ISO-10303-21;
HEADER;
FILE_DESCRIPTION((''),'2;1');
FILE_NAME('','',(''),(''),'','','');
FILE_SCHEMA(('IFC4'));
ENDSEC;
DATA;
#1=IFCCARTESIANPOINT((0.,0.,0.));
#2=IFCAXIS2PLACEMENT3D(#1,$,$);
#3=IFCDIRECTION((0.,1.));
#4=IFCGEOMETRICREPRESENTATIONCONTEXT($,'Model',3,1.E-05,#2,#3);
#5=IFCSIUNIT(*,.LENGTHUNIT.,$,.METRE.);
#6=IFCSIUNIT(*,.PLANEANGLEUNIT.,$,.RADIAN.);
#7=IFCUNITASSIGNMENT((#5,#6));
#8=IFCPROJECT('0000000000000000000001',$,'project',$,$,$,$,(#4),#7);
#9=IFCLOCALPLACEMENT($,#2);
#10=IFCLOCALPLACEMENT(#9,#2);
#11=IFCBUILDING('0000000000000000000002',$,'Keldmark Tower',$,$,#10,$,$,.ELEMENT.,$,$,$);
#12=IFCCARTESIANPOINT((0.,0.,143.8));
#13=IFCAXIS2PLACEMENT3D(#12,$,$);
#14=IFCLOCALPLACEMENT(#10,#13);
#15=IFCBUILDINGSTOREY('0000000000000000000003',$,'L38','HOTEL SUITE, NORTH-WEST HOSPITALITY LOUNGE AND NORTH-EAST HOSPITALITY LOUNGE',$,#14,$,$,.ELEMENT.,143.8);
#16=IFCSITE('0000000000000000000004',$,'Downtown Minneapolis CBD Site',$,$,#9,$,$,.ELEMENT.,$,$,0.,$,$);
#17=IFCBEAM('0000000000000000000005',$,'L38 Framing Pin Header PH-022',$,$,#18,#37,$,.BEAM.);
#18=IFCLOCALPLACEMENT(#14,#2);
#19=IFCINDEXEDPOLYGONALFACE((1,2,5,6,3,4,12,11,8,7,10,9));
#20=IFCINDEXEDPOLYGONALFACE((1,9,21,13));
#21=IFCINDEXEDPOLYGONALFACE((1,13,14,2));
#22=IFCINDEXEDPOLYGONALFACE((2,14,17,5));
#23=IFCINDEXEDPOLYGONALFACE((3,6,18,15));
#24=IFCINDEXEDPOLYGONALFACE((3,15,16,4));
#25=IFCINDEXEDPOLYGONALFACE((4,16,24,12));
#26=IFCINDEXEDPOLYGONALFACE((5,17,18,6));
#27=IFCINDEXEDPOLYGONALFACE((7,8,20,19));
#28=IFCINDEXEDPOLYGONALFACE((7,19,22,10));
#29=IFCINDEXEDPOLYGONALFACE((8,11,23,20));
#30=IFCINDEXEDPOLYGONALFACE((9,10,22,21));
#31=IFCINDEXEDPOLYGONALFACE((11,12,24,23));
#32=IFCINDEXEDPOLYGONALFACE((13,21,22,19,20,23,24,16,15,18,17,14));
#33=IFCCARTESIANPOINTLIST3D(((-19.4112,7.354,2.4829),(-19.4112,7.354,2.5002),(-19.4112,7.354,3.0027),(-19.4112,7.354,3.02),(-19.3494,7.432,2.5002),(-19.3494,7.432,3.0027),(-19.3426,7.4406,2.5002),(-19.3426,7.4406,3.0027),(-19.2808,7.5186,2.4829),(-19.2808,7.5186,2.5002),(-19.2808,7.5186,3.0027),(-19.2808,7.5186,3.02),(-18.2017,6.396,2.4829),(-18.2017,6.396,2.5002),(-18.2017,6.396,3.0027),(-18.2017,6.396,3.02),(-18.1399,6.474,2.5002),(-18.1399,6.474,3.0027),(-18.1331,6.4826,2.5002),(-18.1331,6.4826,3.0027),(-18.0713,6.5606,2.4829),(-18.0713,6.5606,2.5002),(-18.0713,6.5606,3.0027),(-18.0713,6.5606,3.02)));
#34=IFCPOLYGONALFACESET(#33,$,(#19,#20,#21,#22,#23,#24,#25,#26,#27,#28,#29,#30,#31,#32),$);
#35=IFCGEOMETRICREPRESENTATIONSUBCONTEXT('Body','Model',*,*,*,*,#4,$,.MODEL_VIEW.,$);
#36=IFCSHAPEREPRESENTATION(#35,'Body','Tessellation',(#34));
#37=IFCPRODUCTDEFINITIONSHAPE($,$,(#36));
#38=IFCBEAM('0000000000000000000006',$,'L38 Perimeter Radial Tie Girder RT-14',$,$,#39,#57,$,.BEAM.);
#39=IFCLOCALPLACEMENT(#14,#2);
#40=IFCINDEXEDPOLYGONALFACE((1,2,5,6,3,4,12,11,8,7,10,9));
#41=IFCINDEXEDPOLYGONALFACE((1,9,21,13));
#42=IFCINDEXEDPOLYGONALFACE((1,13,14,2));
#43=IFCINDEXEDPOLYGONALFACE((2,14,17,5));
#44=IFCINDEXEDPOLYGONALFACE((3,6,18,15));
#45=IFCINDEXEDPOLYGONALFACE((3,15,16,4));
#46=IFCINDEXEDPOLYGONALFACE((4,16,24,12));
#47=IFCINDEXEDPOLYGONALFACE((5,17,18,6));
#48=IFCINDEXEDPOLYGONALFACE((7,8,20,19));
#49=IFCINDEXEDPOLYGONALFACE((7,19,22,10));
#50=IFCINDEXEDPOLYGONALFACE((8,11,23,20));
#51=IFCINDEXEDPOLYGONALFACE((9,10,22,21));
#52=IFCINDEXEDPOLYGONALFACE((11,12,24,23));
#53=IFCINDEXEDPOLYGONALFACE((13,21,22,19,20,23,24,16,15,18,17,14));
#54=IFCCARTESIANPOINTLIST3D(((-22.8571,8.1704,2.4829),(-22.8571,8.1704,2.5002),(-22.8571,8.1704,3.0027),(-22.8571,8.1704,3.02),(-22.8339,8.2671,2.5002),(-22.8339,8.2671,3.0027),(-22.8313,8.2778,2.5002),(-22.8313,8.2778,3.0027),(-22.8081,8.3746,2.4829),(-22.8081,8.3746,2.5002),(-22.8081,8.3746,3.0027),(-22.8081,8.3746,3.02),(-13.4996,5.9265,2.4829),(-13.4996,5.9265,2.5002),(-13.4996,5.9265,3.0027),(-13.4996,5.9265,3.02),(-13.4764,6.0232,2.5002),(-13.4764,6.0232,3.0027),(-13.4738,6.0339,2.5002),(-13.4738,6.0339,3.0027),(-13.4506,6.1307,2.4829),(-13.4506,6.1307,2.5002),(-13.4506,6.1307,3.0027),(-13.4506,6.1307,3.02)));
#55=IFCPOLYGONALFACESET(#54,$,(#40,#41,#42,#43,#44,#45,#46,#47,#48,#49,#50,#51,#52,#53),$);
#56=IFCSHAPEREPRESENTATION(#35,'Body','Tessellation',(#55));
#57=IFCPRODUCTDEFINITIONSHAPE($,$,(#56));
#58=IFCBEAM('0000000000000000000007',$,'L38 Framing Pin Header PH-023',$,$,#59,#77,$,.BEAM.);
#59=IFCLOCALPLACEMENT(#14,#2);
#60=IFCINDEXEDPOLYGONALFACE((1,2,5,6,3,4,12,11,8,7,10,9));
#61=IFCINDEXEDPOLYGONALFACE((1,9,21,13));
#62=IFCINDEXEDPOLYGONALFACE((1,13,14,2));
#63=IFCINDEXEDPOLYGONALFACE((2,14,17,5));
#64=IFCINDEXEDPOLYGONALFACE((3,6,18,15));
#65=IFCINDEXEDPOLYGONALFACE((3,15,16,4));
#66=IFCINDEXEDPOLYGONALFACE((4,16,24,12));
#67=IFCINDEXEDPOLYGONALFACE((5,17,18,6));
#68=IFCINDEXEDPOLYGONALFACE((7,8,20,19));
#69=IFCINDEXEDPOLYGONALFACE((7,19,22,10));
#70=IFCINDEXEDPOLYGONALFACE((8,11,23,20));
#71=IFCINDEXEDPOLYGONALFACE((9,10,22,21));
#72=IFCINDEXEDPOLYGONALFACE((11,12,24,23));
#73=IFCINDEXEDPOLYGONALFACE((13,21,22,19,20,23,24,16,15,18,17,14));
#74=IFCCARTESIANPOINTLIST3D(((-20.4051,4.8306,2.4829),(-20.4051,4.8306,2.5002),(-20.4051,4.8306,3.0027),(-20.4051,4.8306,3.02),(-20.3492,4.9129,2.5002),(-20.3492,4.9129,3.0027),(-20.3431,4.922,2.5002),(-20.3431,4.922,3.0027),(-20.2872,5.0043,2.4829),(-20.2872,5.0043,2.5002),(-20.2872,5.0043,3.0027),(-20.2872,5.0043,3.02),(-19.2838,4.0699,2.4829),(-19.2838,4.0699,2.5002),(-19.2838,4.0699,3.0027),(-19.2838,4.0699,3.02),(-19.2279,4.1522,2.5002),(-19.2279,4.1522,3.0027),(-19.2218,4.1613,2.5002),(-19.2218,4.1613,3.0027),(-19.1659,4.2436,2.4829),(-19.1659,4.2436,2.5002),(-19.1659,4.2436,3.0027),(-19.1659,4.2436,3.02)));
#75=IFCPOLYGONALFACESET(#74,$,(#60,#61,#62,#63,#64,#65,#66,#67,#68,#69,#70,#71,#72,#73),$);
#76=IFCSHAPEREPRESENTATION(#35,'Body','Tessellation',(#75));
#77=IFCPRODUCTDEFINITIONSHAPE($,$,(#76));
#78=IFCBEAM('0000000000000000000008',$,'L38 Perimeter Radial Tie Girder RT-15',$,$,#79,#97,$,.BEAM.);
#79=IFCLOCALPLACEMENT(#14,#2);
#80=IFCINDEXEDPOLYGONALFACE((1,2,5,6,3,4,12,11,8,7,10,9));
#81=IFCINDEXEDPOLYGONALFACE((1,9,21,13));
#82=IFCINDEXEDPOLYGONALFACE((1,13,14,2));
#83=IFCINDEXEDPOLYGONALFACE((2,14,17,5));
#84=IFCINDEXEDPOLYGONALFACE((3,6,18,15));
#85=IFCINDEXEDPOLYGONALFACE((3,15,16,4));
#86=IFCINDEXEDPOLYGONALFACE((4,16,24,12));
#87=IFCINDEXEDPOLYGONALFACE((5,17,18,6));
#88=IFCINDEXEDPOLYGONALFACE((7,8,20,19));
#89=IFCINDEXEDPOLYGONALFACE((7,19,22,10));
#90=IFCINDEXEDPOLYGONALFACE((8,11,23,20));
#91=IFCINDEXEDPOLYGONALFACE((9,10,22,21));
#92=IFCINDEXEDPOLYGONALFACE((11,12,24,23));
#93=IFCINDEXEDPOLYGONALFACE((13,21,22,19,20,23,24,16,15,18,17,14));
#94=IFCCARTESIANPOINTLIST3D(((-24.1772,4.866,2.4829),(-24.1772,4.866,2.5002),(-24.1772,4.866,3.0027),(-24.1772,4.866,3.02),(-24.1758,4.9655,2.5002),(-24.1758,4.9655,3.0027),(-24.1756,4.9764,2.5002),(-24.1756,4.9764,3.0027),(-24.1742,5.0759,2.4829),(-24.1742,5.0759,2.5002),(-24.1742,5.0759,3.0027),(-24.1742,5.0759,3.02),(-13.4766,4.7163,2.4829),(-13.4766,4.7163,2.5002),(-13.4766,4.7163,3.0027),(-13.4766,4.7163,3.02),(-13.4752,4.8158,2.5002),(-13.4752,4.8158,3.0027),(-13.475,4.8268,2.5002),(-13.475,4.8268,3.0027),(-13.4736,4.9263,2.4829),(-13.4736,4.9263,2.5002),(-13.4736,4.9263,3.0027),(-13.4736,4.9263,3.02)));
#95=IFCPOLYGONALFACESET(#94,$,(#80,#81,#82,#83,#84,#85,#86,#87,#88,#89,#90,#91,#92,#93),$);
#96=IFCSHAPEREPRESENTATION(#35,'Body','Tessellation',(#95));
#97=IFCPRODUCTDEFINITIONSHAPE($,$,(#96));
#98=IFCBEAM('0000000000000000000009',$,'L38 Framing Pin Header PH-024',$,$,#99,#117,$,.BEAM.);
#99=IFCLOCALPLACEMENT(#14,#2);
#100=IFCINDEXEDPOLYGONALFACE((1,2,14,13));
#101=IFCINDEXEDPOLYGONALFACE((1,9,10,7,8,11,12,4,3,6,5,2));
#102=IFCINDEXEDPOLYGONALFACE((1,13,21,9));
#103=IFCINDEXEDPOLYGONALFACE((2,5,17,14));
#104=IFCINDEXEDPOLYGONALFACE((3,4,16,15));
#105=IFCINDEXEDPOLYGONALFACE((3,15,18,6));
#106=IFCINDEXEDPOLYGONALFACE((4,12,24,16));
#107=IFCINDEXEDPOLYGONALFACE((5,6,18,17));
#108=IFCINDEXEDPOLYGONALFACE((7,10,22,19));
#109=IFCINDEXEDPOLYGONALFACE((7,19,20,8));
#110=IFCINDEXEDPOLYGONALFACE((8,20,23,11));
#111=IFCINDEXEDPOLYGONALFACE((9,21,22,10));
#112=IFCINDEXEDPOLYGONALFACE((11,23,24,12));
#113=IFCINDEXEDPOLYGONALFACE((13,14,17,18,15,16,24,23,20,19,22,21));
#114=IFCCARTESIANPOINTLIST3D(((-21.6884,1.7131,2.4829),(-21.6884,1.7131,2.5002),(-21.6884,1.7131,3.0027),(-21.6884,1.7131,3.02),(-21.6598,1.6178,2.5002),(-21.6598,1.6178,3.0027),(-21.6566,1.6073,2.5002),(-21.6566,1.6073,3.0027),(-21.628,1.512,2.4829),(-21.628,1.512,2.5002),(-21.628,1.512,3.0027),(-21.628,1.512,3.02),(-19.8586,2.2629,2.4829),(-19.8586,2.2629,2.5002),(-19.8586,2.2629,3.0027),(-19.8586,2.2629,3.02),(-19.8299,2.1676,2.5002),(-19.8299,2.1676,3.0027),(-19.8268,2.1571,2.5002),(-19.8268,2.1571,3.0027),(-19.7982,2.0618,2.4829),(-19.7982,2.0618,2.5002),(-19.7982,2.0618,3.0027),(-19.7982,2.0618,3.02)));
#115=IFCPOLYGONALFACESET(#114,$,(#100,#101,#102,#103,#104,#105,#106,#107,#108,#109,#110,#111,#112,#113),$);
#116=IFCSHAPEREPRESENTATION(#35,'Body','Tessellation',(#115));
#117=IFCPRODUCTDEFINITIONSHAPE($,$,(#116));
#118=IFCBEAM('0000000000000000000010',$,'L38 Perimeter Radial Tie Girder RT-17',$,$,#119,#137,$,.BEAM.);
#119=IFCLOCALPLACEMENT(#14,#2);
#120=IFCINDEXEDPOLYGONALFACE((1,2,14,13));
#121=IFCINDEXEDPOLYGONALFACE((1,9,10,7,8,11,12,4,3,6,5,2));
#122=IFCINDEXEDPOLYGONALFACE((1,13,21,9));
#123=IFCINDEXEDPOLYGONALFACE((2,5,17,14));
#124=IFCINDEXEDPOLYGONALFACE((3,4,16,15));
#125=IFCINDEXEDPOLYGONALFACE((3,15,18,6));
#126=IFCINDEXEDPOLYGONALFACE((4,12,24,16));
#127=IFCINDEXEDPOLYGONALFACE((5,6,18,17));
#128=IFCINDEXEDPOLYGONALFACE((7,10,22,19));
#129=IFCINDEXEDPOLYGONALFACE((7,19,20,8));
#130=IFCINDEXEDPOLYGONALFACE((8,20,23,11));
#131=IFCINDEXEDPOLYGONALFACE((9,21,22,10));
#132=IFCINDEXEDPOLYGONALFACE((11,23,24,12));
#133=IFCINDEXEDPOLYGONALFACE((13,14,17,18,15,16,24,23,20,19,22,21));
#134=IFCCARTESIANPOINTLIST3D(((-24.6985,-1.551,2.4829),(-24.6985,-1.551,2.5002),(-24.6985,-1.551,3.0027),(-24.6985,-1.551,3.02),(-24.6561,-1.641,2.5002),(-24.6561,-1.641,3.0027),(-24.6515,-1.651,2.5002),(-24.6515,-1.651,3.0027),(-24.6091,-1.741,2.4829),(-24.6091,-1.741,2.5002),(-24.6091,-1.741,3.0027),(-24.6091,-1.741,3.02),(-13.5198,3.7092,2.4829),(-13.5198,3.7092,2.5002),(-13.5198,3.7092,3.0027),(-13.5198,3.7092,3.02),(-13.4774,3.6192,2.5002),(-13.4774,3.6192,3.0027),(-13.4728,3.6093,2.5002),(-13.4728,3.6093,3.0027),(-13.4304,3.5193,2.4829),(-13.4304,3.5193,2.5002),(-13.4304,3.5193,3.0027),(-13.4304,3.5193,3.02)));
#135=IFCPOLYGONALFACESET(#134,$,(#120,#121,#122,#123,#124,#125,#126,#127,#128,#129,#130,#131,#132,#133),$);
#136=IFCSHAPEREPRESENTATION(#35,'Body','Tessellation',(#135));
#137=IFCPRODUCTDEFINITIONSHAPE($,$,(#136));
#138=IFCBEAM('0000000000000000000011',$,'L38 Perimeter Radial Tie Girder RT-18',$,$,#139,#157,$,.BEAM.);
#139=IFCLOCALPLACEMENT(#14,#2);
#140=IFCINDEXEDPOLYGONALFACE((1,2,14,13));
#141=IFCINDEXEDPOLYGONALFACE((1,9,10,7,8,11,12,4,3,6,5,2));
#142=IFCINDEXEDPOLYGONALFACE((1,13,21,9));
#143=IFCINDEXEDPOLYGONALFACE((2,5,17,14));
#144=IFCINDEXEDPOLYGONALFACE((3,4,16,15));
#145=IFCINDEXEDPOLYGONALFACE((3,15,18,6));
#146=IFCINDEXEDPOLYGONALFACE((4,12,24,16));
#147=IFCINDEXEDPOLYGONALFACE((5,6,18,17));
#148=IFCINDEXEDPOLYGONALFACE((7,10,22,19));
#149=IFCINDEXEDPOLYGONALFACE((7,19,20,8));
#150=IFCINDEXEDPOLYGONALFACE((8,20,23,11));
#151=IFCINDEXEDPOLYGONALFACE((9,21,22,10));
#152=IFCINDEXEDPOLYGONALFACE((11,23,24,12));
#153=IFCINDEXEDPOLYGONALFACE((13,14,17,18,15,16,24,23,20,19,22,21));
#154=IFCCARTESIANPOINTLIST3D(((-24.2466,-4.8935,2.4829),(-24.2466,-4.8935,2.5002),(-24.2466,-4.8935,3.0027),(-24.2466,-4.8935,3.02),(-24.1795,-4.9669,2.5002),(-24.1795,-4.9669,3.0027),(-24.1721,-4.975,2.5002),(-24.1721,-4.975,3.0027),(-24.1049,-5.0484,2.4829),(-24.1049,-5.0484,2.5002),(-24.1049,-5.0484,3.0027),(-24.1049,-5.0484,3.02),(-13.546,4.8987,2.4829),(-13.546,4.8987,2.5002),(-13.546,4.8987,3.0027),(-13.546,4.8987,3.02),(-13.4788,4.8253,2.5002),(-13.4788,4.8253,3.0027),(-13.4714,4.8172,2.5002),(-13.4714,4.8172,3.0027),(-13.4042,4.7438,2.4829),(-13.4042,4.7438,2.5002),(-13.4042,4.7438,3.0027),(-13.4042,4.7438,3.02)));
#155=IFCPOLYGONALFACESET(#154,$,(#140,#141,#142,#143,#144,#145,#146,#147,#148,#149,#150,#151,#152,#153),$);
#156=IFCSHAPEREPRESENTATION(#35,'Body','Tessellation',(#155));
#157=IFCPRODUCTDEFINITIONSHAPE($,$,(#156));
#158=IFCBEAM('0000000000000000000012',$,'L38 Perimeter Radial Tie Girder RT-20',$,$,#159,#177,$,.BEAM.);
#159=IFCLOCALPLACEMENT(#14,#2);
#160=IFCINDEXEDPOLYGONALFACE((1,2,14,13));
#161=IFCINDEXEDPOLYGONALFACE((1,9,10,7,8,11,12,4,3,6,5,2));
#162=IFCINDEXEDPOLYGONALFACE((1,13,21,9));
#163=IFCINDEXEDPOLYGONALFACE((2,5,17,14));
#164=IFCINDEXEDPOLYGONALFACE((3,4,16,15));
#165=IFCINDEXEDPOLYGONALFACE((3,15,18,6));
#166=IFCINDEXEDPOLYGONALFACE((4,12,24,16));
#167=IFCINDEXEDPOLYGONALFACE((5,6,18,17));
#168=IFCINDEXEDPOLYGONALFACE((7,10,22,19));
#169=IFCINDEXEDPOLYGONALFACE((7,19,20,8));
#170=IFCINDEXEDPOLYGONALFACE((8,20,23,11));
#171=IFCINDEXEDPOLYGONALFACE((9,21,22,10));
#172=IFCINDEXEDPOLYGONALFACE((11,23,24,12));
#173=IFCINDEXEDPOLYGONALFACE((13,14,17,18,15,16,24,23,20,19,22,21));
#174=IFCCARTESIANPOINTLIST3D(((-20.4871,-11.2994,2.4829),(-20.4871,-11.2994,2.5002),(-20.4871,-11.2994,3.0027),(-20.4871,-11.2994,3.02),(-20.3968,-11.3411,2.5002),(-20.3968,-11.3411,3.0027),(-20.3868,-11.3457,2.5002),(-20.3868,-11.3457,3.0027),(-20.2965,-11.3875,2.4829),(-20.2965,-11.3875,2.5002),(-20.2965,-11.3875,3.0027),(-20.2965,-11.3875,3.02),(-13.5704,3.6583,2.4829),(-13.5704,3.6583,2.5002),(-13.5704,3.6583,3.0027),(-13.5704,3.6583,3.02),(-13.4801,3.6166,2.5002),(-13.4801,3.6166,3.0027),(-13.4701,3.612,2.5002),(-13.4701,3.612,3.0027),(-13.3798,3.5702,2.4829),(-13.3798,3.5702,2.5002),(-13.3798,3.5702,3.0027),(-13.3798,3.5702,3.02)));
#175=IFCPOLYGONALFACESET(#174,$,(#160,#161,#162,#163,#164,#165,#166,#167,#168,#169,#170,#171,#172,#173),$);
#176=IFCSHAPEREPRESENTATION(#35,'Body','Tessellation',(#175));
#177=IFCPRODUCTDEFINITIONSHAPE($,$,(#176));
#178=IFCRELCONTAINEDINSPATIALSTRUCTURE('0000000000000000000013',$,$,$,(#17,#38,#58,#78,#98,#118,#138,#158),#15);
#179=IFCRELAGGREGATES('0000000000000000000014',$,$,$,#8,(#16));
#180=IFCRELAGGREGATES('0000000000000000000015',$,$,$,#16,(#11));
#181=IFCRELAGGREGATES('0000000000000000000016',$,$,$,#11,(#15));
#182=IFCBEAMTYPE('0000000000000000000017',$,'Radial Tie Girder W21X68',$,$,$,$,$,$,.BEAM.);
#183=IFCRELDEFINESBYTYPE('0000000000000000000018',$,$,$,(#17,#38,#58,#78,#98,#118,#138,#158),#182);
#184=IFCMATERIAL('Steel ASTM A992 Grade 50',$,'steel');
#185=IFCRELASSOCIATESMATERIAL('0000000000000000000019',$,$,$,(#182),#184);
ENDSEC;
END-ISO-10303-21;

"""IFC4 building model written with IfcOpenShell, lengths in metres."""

from ifc_helpers import new_model, si_unit, direction, frame, origin, origin_2d, place, context, subcontext, project, spatial, i_section, extrude, material, material_profile, profile_set, type_object, element, save


model = new_model("IFC4")

# Units and contexts
model_context = context("Model", 3, precision=1e-05, world=origin(), true_north=direction((0.0, 1.0)))
body_context = subcontext(model_context, "Body", "Model", "MODEL_VIEW")
ifc_project = project(units=[si_unit("LENGTHUNIT", "METRE"), si_unit("PLANEANGLEUNIT", "RADIAN")], contexts=[model_context])

# Site, building, storey
site_placement = place(None, origin())
site = spatial("IfcSite", under=ifc_project, at=site_placement, Name="Downtown Minneapolis CBD Site", CompositionType="ELEMENT", RefElevation=0.0)
building_placement = place(site_placement, origin())
building = spatial("IfcBuilding", under=site, at=building_placement, Name="Keldmark Tower", CompositionType="ELEMENT")
storey_placement = place(building_placement, frame((0.0, 0.0, 143.8)))
storey = spatial("IfcBuildingStorey", under=building, at=storey_placement, Name="L38", Description="HOTEL SUITE, NORTH-WEST HOSPITALITY LOUNGE AND NORTH-EAST HOSPITALITY LOUNGE", CompositionType="ELEMENT", Elevation=143.8)

# Beams
ifc_material_1 = material(Name="Steel ASTM A992 Grade 50", Category="steel")
ifc_material_profile_1 = material_profile(ifc_material_1, i_section(OverallWidth=0.21, OverallDepth=0.5371, WebThickness=0.011, FlangeThickness=0.0173, at=origin_2d()), Name="W21X68")
ifc_profile_set_1 = profile_set([ifc_material_profile_1], Name="Steel ASTM A992 Grade 50")
beam_type_1 = type_object("IfcBeamType", Name="Radial Tie Girder W21X68", PredefinedType="BEAM", material=ifc_profile_set_1)
beam_1_placement = place(storey_placement, frame((-18.1365, 6.4783, 2.7515), z_axis=(-0.783885, 0.620906, 0.0), x_axis=(-0.620906, -0.783885, 0.0)))
element("IfcBeam", 1, at=beam_1_placement, inside=storey, type_object=beam_type_1, Name="L38 Framing Pin Header PH-022", PredefinedType="BEAM", context=body_context, shape_type="SweptSolid", body=[
    extrude(i_section(OverallWidth=0.21, OverallDepth=0.5371, WebThickness=0.011, FlangeThickness=0.0173, at=origin_2d()), origin(), (0.0, 0.0, 1.0), 1.543),
])
beam_2_placement = place(storey_placement, frame((-13.4751, 6.0286, 2.7515), z_axis=(-0.972432, 0.233188, 0.0), x_axis=(-0.233188, -0.972432, 0.0)))
element("IfcBeam", 2, at=beam_2_placement, inside=storey, type_object=beam_type_1, Name="L38 Perimeter Radial Tie Girder RT-14", PredefinedType="BEAM", context=body_context, shape_type="SweptSolid", body=[
    extrude(i_section(OverallWidth=0.21, OverallDepth=0.5371, WebThickness=0.011, FlangeThickness=0.0173, at=origin_2d()), origin(), (0.0, 0.0, 1.0), 9.6228),
])
beam_3_placement = place(storey_placement, frame((-19.2249, 4.1567, 2.7515), z_axis=(-0.827533, 0.561418, 0.0), x_axis=(-0.561418, -0.827533, 0.0)))
element("IfcBeam", 3, at=beam_3_placement, inside=storey, type_object=beam_type_1, Name="L38 Framing Pin Header PH-023", PredefinedType="BEAM", context=body_context, shape_type="SweptSolid", body=[
    extrude(i_section(OverallWidth=0.21, OverallDepth=0.5371, WebThickness=0.011, FlangeThickness=0.0173, at=origin_2d()), origin(), (0.0, 0.0, 1.0), 1.355),
])
beam_4_placement = place(storey_placement, frame((-13.4751, 4.8213, 2.7515), z_axis=(-0.999902, 0.013984, 0.0), x_axis=(-0.013984, -0.999902, 0.0)))
element("IfcBeam", 4, at=beam_4_placement, inside=storey, type_object=beam_type_1, Name="L38 Perimeter Radial Tie Girder RT-15", PredefinedType="BEAM", context=body_context, shape_type="SweptSolid", body=[
    extrude(i_section(OverallWidth=0.21, OverallDepth=0.5371, WebThickness=0.011, FlangeThickness=0.0173, at=origin_2d()), origin(), (0.0, 0.0, 1.0), 10.7017),
])
beam_5_placement = place(storey_placement, frame((-19.8284, 2.1624, 2.7515), z_axis=(-0.957703, -0.287758, 0.0), x_axis=(0.287758, -0.957703, 0.0)))
element("IfcBeam", 5, at=beam_5_placement, inside=storey, type_object=beam_type_1, Name="L38 Framing Pin Header PH-024", PredefinedType="BEAM", context=body_context, shape_type="SweptSolid", body=[
    extrude(i_section(OverallWidth=0.21, OverallDepth=0.5371, WebThickness=0.011, FlangeThickness=0.0173, at=origin_2d()), origin(), (0.0, 0.0, 1.0), 1.9106),
])
beam_6_placement = place(storey_placement, frame((-13.4751, 3.6143, 2.7515), z_axis=(-0.904829, -0.425776, 0.0), x_axis=(0.425776, -0.904829, 0.0)))
element("IfcBeam", 6, at=beam_6_placement, inside=storey, type_object=beam_type_1, Name="L38 Perimeter Radial Tie Girder RT-17", PredefinedType="BEAM", context=body_context, shape_type="SweptSolid", body=[
    extrude(i_section(OverallWidth=0.21, OverallDepth=0.5371, WebThickness=0.011, FlangeThickness=0.0173, at=origin_2d()), origin(), (0.0, 0.0, 1.0), 12.3545),
])
beam_7_placement = place(storey_placement, frame((-13.4751, 4.8213, 2.7515), z_axis=(-0.737728, -0.675098, 0.0), x_axis=(0.675098, -0.737728, 0.0)))
element("IfcBeam", 7, at=beam_7_placement, inside=storey, type_object=beam_type_1, Name="L38 Perimeter Radial Tie Girder RT-18", PredefinedType="BEAM", context=body_context, shape_type="SweptSolid", body=[
    extrude(i_section(OverallWidth=0.21, OverallDepth=0.5371, WebThickness=0.011, FlangeThickness=0.0173, at=origin_2d()), origin(), (0.0, 0.0, 1.0), 14.5049),
])
beam_8_placement = place(storey_placement, frame((-13.4751, 3.6143, 2.7515), z_axis=(-0.419717, -0.907655, 0.0), x_axis=(0.907655, -0.419717, 0.0)))
element("IfcBeam", 8, at=beam_8_placement, inside=storey, type_object=beam_type_1, Name="L38 Perimeter Radial Tie Girder RT-20", PredefinedType="BEAM", context=body_context, shape_type="SweptSolid", body=[
    extrude(i_section(OverallWidth=0.21, OverallDepth=0.5371, WebThickness=0.011, FlangeThickness=0.0173, at=origin_2d()), origin(), (0.0, 0.0, 1.0), 16.4795),
])

save(model, "model.ifc")
